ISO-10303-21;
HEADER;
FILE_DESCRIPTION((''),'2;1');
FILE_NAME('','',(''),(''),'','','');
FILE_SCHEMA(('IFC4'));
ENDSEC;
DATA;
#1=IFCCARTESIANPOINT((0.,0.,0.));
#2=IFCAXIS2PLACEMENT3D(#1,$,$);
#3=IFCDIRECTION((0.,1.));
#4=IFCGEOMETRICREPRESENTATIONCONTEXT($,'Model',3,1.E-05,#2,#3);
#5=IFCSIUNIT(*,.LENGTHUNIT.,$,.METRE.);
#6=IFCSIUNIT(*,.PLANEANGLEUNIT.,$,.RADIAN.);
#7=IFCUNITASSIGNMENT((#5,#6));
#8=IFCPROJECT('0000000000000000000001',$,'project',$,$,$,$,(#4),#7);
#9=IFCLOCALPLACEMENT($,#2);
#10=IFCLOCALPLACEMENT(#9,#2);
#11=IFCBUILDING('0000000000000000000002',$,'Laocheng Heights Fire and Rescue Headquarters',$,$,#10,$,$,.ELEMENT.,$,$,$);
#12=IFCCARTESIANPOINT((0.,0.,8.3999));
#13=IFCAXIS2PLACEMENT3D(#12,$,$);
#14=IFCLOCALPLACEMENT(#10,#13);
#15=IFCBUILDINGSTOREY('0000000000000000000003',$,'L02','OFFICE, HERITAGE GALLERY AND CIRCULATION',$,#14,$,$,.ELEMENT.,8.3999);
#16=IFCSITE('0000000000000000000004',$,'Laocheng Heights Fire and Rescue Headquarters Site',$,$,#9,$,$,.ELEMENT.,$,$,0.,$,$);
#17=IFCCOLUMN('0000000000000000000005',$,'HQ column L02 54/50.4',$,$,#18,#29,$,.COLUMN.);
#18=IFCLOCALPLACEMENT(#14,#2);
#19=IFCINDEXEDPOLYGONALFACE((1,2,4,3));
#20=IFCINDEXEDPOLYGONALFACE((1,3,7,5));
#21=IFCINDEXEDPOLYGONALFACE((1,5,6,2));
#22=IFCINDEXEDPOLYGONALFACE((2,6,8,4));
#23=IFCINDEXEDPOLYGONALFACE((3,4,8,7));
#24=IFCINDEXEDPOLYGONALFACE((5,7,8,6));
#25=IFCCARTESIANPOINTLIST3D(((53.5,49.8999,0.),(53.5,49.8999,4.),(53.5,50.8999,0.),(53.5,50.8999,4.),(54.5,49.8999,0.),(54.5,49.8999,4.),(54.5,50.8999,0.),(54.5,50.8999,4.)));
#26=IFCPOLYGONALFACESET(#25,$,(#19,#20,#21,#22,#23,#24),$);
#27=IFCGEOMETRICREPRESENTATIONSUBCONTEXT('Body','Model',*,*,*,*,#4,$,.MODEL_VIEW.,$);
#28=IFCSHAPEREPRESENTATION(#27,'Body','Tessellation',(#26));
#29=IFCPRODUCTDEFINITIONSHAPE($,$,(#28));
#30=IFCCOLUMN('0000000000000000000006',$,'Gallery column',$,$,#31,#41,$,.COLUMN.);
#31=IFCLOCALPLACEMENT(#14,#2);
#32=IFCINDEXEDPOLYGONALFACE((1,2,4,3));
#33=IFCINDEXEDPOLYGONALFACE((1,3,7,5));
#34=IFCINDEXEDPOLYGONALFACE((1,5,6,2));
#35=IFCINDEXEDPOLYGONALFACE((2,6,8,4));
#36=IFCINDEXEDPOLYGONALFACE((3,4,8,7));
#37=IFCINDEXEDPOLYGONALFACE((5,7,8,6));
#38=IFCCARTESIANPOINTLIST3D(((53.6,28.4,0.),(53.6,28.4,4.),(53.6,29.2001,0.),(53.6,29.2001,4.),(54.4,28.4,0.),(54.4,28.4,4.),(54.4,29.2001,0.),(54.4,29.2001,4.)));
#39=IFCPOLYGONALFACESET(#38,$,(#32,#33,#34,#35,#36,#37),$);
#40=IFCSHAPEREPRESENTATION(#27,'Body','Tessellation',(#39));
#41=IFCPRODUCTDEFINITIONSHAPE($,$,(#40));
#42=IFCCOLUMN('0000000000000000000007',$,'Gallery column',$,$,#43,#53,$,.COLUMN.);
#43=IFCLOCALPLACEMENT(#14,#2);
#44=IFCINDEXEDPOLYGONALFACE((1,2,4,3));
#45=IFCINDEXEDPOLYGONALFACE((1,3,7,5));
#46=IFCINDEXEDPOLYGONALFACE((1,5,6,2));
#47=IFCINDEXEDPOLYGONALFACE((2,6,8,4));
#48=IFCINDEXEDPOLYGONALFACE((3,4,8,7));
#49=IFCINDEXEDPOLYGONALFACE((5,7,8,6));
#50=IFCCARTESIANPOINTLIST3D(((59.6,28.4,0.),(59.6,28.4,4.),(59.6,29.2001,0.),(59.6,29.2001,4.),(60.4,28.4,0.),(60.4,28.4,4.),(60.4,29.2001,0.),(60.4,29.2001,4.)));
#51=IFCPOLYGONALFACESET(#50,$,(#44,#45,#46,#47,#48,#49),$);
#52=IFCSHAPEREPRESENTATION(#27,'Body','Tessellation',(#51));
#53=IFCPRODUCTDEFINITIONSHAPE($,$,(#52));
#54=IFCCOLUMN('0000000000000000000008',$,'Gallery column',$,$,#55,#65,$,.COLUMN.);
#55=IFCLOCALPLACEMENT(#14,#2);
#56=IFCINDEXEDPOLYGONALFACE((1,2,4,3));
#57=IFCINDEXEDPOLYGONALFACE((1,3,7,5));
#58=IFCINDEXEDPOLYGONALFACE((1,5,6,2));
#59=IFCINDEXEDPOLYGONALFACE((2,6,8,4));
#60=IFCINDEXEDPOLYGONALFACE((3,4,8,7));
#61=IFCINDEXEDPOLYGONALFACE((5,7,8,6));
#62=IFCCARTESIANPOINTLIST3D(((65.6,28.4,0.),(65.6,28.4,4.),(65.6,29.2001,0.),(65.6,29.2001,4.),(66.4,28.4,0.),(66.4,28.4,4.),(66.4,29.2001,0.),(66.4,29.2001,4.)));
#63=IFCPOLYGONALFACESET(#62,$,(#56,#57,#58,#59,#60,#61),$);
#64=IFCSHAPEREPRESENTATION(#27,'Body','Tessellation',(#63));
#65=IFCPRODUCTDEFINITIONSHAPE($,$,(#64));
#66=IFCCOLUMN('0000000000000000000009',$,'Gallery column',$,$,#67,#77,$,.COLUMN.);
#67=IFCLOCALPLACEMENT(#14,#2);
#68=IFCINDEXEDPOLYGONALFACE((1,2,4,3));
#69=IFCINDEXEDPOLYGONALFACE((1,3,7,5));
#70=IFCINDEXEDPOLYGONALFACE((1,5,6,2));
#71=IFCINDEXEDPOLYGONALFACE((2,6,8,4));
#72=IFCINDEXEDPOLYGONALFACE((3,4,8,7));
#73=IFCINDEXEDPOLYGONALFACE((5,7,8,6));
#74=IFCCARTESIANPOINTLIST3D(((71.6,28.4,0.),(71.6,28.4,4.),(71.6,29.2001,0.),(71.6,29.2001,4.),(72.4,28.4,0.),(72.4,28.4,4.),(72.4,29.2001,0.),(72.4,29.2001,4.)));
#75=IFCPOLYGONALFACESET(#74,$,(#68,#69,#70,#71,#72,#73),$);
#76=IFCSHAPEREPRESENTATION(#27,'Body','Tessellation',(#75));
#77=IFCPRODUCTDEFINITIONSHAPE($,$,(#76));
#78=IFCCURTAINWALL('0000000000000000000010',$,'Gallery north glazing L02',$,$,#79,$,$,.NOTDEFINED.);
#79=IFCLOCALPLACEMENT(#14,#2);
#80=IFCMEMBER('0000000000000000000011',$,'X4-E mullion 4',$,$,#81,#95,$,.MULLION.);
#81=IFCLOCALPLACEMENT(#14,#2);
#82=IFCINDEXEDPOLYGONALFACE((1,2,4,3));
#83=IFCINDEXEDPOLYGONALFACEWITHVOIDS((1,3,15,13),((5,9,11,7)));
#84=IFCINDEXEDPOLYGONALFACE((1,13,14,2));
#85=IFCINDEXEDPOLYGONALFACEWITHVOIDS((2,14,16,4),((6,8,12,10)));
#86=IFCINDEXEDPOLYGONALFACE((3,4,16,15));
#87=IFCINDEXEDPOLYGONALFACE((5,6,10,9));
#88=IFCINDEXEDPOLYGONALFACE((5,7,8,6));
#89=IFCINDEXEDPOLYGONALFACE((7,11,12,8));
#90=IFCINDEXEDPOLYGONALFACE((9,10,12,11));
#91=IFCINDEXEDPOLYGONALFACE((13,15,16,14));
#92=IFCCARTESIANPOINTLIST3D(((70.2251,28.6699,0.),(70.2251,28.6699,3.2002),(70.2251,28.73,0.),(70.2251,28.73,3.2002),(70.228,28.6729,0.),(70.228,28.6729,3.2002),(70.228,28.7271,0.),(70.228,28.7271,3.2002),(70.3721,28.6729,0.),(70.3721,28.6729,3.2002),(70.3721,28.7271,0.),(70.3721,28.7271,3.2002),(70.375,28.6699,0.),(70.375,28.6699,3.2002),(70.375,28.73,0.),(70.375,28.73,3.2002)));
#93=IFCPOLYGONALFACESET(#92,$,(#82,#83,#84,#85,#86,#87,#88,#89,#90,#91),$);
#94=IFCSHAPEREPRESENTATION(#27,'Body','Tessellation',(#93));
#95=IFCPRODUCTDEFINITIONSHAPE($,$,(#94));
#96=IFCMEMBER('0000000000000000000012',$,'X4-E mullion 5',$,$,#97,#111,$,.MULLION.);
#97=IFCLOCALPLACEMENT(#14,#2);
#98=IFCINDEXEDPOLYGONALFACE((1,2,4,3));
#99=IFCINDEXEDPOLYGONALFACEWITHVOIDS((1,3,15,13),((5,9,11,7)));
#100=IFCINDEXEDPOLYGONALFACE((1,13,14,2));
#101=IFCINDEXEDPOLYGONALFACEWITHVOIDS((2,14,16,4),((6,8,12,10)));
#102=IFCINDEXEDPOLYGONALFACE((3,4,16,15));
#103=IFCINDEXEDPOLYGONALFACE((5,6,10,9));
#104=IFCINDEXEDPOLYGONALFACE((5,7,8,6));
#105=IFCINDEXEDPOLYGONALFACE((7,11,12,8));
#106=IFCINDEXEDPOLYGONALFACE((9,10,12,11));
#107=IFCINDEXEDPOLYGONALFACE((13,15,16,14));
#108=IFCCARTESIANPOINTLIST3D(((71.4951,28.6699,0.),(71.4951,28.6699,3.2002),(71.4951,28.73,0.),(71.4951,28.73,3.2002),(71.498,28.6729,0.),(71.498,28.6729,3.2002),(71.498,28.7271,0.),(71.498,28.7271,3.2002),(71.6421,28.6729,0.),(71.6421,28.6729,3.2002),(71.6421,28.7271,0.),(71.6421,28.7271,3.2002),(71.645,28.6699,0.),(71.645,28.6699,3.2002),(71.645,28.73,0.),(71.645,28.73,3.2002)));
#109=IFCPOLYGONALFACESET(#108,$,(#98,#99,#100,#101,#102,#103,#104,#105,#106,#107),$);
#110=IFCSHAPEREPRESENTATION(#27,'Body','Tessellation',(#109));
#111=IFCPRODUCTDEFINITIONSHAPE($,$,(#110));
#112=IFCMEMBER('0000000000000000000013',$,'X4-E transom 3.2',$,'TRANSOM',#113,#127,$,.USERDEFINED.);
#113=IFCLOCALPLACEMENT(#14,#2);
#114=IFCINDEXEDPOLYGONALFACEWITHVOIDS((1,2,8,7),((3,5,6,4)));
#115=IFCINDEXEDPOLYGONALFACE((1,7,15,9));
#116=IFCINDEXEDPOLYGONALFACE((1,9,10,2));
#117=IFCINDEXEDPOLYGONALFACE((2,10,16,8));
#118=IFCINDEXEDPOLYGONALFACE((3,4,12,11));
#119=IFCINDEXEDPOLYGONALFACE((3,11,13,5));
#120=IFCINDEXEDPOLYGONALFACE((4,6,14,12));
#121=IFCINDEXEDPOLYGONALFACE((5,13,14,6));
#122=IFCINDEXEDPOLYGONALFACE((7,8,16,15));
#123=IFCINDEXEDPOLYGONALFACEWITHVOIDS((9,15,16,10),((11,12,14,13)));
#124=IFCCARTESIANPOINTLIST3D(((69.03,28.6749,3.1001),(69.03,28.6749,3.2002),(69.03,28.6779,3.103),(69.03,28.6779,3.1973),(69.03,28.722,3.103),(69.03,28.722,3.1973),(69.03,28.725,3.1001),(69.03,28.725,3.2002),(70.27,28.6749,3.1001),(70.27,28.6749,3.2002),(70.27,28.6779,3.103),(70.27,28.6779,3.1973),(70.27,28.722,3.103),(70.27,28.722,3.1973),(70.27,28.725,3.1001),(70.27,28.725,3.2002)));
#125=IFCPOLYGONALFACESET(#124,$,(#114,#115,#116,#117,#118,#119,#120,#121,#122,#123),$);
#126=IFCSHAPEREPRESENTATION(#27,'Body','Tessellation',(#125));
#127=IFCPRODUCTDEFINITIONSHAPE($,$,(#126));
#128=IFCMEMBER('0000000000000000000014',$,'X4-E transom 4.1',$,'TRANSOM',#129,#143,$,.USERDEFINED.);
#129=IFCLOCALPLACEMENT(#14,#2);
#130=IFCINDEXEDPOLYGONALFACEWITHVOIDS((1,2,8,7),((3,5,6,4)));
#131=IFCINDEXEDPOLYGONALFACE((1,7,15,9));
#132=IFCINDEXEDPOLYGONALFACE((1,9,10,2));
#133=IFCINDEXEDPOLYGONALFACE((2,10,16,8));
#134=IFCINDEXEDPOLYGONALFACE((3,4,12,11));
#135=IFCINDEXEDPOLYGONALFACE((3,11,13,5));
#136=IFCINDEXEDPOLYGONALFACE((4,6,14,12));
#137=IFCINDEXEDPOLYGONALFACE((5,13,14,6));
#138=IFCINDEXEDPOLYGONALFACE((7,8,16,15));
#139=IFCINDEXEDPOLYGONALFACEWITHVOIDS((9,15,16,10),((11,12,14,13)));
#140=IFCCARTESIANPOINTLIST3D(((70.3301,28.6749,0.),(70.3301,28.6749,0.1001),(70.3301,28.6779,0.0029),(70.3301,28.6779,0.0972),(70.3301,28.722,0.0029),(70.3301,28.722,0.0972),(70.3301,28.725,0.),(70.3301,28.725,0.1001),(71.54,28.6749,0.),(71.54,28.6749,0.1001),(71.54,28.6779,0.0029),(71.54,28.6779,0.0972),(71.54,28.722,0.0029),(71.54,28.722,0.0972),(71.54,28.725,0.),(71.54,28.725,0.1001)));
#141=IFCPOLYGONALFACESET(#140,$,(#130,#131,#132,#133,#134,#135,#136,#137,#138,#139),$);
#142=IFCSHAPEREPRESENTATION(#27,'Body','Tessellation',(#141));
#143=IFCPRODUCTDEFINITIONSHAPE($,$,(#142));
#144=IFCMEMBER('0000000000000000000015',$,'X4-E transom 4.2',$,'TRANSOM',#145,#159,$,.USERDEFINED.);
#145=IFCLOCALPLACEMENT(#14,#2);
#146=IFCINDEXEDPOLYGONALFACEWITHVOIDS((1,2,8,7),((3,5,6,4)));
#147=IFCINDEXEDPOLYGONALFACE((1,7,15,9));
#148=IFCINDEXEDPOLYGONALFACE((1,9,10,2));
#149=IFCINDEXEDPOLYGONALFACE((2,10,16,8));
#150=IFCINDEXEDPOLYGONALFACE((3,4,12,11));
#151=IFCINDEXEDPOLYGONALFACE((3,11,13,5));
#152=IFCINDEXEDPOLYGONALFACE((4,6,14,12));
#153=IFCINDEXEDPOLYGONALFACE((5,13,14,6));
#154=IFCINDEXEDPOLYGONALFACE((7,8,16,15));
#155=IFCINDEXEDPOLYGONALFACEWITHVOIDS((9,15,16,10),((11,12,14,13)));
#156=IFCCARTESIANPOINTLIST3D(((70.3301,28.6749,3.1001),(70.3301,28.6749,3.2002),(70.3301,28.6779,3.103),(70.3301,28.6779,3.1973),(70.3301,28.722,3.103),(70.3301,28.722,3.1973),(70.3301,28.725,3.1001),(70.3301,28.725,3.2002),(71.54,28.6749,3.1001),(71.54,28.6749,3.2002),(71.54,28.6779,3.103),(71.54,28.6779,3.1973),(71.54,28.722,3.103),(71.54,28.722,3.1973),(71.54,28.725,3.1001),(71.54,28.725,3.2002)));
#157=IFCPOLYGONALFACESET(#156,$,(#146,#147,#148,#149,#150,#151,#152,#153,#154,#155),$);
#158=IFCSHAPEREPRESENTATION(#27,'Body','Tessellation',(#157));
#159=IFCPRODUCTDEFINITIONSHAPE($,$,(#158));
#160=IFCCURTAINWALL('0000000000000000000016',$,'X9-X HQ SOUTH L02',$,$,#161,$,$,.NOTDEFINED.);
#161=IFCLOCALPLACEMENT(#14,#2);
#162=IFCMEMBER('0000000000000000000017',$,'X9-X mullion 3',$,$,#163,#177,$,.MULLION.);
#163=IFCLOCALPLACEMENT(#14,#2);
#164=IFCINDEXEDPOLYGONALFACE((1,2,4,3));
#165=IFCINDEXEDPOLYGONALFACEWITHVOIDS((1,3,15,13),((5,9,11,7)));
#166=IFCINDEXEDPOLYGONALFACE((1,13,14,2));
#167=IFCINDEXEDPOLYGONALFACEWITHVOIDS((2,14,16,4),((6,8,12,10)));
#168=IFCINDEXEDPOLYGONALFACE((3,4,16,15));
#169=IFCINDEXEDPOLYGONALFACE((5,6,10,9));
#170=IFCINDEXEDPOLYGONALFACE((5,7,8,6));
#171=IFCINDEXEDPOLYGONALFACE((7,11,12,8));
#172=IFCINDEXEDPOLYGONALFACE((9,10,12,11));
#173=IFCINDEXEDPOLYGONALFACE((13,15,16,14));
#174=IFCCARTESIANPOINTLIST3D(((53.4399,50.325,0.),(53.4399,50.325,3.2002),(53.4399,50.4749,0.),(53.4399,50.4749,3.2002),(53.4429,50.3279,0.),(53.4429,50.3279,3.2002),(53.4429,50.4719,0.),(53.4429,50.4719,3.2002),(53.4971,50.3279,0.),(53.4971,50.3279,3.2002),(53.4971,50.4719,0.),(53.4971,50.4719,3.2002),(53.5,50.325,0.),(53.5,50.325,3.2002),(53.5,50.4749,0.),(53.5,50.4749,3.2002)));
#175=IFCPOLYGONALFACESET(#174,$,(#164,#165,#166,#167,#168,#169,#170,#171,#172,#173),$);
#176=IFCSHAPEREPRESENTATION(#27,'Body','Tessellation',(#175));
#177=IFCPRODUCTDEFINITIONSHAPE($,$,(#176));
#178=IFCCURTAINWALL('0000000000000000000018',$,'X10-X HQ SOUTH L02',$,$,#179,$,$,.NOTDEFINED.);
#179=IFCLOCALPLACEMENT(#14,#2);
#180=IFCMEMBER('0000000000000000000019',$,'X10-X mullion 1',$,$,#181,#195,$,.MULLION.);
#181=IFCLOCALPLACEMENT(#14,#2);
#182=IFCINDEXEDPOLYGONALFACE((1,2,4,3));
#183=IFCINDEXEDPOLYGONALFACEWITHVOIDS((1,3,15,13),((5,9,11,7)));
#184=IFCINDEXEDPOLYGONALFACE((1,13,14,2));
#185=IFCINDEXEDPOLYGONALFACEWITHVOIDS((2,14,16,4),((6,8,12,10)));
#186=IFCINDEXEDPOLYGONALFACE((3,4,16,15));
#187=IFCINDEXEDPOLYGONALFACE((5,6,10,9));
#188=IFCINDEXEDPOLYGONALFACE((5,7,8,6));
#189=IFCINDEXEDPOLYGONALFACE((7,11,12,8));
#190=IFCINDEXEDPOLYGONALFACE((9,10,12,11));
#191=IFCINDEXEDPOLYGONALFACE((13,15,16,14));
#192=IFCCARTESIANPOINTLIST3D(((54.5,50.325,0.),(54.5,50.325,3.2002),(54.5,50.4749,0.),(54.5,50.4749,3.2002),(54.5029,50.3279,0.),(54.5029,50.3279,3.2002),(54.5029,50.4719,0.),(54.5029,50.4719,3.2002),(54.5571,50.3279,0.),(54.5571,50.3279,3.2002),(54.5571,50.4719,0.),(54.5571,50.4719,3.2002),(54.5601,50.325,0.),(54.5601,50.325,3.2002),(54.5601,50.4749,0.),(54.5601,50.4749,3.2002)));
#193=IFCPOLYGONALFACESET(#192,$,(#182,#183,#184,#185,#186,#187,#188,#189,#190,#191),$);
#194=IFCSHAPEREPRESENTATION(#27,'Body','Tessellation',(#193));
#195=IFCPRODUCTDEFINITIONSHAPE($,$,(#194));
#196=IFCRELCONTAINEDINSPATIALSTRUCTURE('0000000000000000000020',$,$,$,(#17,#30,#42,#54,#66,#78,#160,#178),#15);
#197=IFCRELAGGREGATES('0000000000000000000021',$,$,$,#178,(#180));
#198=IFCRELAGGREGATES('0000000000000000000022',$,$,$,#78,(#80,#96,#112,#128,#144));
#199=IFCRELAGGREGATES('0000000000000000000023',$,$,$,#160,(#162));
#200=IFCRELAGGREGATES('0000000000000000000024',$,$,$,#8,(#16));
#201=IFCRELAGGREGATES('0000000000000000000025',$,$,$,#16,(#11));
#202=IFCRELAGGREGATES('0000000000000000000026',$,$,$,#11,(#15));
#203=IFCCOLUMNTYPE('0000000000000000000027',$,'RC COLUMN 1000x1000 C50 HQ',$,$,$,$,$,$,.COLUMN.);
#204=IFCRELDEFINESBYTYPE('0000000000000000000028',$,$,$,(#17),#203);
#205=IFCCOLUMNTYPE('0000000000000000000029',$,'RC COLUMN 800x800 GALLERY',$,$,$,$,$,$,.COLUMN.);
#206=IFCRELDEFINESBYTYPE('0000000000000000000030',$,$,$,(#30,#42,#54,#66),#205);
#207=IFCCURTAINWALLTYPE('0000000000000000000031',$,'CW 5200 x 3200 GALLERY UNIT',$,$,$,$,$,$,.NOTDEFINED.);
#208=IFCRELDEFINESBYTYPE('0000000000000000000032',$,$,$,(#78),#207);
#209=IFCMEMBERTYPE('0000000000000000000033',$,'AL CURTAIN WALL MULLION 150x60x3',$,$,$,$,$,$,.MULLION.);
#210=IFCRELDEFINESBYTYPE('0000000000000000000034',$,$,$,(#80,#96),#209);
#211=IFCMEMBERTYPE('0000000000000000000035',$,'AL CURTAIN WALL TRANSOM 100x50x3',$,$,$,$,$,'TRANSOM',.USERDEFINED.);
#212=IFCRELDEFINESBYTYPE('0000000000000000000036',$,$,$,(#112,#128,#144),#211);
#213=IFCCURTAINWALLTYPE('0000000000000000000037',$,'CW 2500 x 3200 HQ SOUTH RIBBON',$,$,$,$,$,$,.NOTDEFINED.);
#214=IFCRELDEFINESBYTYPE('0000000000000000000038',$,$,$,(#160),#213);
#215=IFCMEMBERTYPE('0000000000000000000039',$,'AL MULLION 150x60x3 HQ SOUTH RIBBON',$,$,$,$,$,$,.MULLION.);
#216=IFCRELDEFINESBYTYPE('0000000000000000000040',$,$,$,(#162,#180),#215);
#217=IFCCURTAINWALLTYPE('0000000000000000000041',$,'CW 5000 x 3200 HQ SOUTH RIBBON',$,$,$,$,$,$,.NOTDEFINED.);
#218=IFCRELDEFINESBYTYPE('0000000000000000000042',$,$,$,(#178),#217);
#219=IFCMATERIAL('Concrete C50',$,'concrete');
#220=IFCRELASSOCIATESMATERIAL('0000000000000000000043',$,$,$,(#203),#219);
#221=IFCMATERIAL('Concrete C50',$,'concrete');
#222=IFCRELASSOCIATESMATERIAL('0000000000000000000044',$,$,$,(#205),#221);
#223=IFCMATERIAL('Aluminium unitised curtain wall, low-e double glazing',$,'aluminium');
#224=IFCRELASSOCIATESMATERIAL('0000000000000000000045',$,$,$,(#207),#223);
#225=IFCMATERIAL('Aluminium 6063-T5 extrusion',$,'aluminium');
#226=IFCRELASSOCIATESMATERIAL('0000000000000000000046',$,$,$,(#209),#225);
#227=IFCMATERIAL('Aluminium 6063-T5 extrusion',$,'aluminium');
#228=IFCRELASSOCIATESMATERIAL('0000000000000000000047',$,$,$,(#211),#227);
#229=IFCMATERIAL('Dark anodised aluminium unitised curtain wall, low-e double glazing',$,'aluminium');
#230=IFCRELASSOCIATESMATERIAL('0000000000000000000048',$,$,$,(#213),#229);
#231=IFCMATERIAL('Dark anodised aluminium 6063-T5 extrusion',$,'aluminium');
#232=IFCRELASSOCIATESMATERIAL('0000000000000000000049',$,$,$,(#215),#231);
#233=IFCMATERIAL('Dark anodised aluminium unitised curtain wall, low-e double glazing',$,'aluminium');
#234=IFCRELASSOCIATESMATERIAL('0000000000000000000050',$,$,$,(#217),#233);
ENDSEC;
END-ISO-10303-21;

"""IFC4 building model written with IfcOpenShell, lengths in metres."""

from ifc_helpers import new_model, si_unit, direction, frame, origin, origin_2d, place, context, subcontext, project, spatial, rectangle, hollow_rectangle, extrude, material, material_profile, profile_set, type_object, element, aggregate, save


model = new_model("IFC4")

# Units and contexts
model_context = context("Model", 3, precision=1e-05, world=origin(), true_north=direction((0.0, 1.0)))
body_context = subcontext(model_context, "Body", "Model", "MODEL_VIEW")
ifc_project = project(units=[si_unit("LENGTHUNIT", "METRE"), si_unit("PLANEANGLEUNIT", "RADIAN")], contexts=[model_context])

# Site, building, storey
site_placement = place(None, origin())
site = spatial("IfcSite", under=ifc_project, at=site_placement, Name="Laocheng Heights Fire and Rescue Headquarters Site", CompositionType="ELEMENT", RefElevation=0.0)
building_placement = place(site_placement, origin())
building = spatial("IfcBuilding", under=site, at=building_placement, Name="Laocheng Heights Fire and Rescue Headquarters", CompositionType="ELEMENT")
storey_placement = place(building_placement, frame((0.0, 0.0, 8.3999)))
storey = spatial("IfcBuildingStorey", under=building, at=storey_placement, Name="L02", Description="OFFICE, HERITAGE GALLERY AND CIRCULATION", CompositionType="ELEMENT", Elevation=8.3999)

# Columns
ifc_material_1 = material(Name="Concrete C50", Category="concrete")
ifc_material_profile_1 = material_profile(ifc_material_1, rectangle(XDim=1.0, YDim=1.0, at=origin_2d()), Name="RC COLUMN 1000x1000 C50 HQ")
ifc_profile_set_1 = profile_set([ifc_material_profile_1], Name="Concrete C50")
column_type_1 = type_object("IfcColumnType", Name="RC COLUMN 1000x1000 C50 HQ", PredefinedType="COLUMN", material=ifc_profile_set_1)
column_placement = place(storey_placement, frame((54.0, 50.3999, 0.0), z_axis=(0.0, 0.0, 1.0), x_axis=(1.0, 0.0, 0.0)))
element("IfcColumn", 1, at=column_placement, inside=storey, type_object=column_type_1, Name="HQ column L02 54/50.4", PredefinedType="COLUMN", context=body_context, shape_type="SweptSolid", body=[
    extrude(rectangle(XDim=1.0, YDim=1.0, at=origin_2d()), origin(), (0.0, 0.0, 1.0), 4.0),
])
ifc_material_2 = material(Name="Concrete C50", Category="concrete")
ifc_material_profile_2 = material_profile(ifc_material_2, rectangle(XDim=0.8, YDim=0.8, at=origin_2d()), Name="RC COLUMN 800x800 GALLERY")
ifc_profile_set_2 = profile_set([ifc_material_profile_2], Name="Concrete C50")
column_type_2 = type_object("IfcColumnType", Name="RC COLUMN 800x800 GALLERY", PredefinedType="COLUMN", material=ifc_profile_set_2)
for number, where, z_axis, x_axis, name in (
    (2, (54.0, 28.8, 0.0), (0.0, 0.0, 1.0), (1.0, 0.0, 0.0), "Gallery column"),
    (3, (60.0, 28.8, 0.0), (0.0, 0.0, 1.0), (1.0, 0.0, 0.0), "Gallery column"),
    (4, (66.0, 28.8, 0.0), (0.0, 0.0, 1.0), (1.0, 0.0, 0.0), "Gallery column"),
    (5, (72.0, 28.8, 0.0), (0.0, 0.0, 1.0), (1.0, 0.0, 0.0), "Gallery column"),
):
    element("IfcColumn", number, at=place(storey_placement, frame(where, z_axis=z_axis, x_axis=x_axis)), inside=storey, type_object=column_type_2, Name=name, PredefinedType="COLUMN", context=body_context, shape_type="SweptSolid", body=[
        extrude(rectangle(XDim=0.8, YDim=0.8, at=origin_2d()), origin(), (0.0, 0.0, 1.0), 4.0),
    ])

# Curtain wall, members
ifc_material_3 = material(Name="Aluminium unitised curtain wall, low-e double glazing", Category="aluminium")
curtain_wall_type_1 = type_object("IfcCurtainWallType", Name="CW 5200 x 3200 GALLERY UNIT", PredefinedType="NOTDEFINED", material=ifc_material_3)
curtain_wall_1_placement = place(storey_placement, origin())
curtain_wall_1 = element("IfcCurtainWall", 6, at=curtain_wall_1_placement, inside=storey, type_object=curtain_wall_type_1, Name="Gallery north glazing L02", PredefinedType="NOTDEFINED")
ifc_material_4 = material(Name="Aluminium 6063-T5 extrusion", Category="aluminium")
ifc_material_profile_3 = material_profile(ifc_material_4, hollow_rectangle(XDim=0.0601, YDim=0.1499, WallThickness=0.0029, at=origin_2d()), Name="AL MULLION 150x60x3")
ifc_profile_set_3 = profile_set([ifc_material_profile_3], Name="Aluminium 6063-T5 extrusion")
member_type_1 = type_object("IfcMemberType", Name="AL CURTAIN WALL MULLION 150x60x3", PredefinedType="MULLION", material=ifc_profile_set_3)
member_1_placement = place(storey_placement, frame((70.3, 28.7, 0.0), z_axis=(0.0, 0.0, 1.0), x_axis=(0.0, 1.0, 0.0)))
member_1 = element("IfcMember", 7, at=member_1_placement, type_object=member_type_1, Name="X4-E mullion 4", PredefinedType="MULLION", context=body_context, shape_type="SweptSolid", body=[
    extrude(hollow_rectangle(XDim=0.0601, YDim=0.1499, WallThickness=0.0029, at=origin_2d()), origin(), (0.0, 0.0, 1.0), 3.2002),
])
member_2_placement = place(storey_placement, frame((71.5701, 28.7, 0.0), z_axis=(0.0, 0.0, 1.0), x_axis=(0.0, 1.0, 0.0)))
member_2 = element("IfcMember", 8, at=member_2_placement, type_object=member_type_1, Name="X4-E mullion 5", PredefinedType="MULLION", context=body_context, shape_type="SweptSolid", body=[
    extrude(hollow_rectangle(XDim=0.0601, YDim=0.1499, WallThickness=0.0029, at=origin_2d()), origin(), (0.0, 0.0, 1.0), 3.2002),
])
ifc_material_5 = material(Name="Aluminium 6063-T5 extrusion", Category="aluminium")
ifc_material_profile_4 = material_profile(ifc_material_5, hollow_rectangle(XDim=0.05, YDim=0.1001, WallThickness=0.0029, at=origin_2d()), Name="AL TRANSOM 100x50x3")
ifc_profile_set_4 = profile_set([ifc_material_profile_4], Name="Aluminium 6063-T5 extrusion")
member_type_2 = type_object("IfcMemberType", Name="AL CURTAIN WALL TRANSOM 100x50x3", ElementType="TRANSOM", PredefinedType="USERDEFINED", material=ifc_profile_set_4)
member_3_placement = place(storey_placement, frame((69.03, 28.7, 3.1501), z_axis=(1.0, 0.0, 0.0), x_axis=(0.0, 1.0, 0.0)))
member_3 = element("IfcMember", 9, at=member_3_placement, type_object=member_type_2, Name="X4-E transom 3.2", ObjectType="TRANSOM", PredefinedType="USERDEFINED", context=body_context, shape_type="SweptSolid", body=[
    extrude(hollow_rectangle(XDim=0.05, YDim=0.1001, WallThickness=0.0029, at=origin_2d()), origin(), (0.0, 0.0, 1.0), 1.24),
])
member_4_placement = place(storey_placement, frame((70.3301, 28.7, 0.05), z_axis=(1.0, 0.0, 0.0), x_axis=(0.0, 1.0, 0.0)))
member_4 = element("IfcMember", 10, at=member_4_placement, type_object=member_type_2, Name="X4-E transom 4.1", ObjectType="TRANSOM", PredefinedType="USERDEFINED", context=body_context, shape_type="SweptSolid", body=[
    extrude(hollow_rectangle(XDim=0.05, YDim=0.1001, WallThickness=0.0029, at=origin_2d()), origin(), (0.0, 0.0, 1.0), 1.21),
])
member_5_placement = place(storey_placement, frame((70.3301, 28.7, 3.1501), z_axis=(1.0, 0.0, 0.0), x_axis=(0.0, 1.0, 0.0)))
member_5 = element("IfcMember", 11, at=member_5_placement, type_object=member_type_2, Name="X4-E transom 4.2", ObjectType="TRANSOM", PredefinedType="USERDEFINED", context=body_context, shape_type="SweptSolid", body=[
    extrude(hollow_rectangle(XDim=0.05, YDim=0.1001, WallThickness=0.0029, at=origin_2d()), origin(), (0.0, 0.0, 1.0), 1.21),
])

# Curtain wall, member
ifc_material_6 = material(Name="Dark anodised aluminium unitised curtain wall, low-e double glazing", Category="aluminium")
curtain_wall_type_2 = type_object("IfcCurtainWallType", Name="CW 2500 x 3200 HQ SOUTH RIBBON", PredefinedType="NOTDEFINED", material=ifc_material_6)
curtain_wall_2_placement = place(storey_placement, origin())
curtain_wall_2 = element("IfcCurtainWall", 12, at=curtain_wall_2_placement, inside=storey, type_object=curtain_wall_type_2, Name="X9-X HQ SOUTH L02", PredefinedType="NOTDEFINED")
ifc_material_7 = material(Name="Dark anodised aluminium 6063-T5 extrusion", Category="aluminium")
ifc_material_profile_5 = material_profile(ifc_material_7, hollow_rectangle(XDim=0.1499, YDim=0.0601, WallThickness=0.0029, at=origin_2d()), Name="AL MULLION 150x60x3 HQ SOUTH RIBBON")
ifc_profile_set_5 = profile_set([ifc_material_profile_5], Name="Dark anodised aluminium 6063-T5 extrusion")
member_type_3 = type_object("IfcMemberType", Name="AL MULLION 150x60x3 HQ SOUTH RIBBON", PredefinedType="MULLION", material=ifc_profile_set_5)
member_6_placement = place(storey_placement, frame((53.47, 50.3999, 0.0), z_axis=(0.0, 0.0, 1.0), x_axis=(0.0, 1.0, 0.0)))
member_6 = element("IfcMember", 13, at=member_6_placement, type_object=member_type_3, Name="X9-X mullion 3", PredefinedType="MULLION", context=body_context, shape_type="SweptSolid", body=[
    extrude(hollow_rectangle(XDim=0.1499, YDim=0.0601, WallThickness=0.0029, at=origin_2d()), origin(), (0.0, 0.0, 1.0), 3.2002),
])

# Curtain wall, member
ifc_material_8 = material(Name="Dark anodised aluminium unitised curtain wall, low-e double glazing", Category="aluminium")
curtain_wall_type_3 = type_object("IfcCurtainWallType", Name="CW 5000 x 3200 HQ SOUTH RIBBON", PredefinedType="NOTDEFINED", material=ifc_material_8)
curtain_wall_3_placement = place(storey_placement, origin())
curtain_wall_3 = element("IfcCurtainWall", 14, at=curtain_wall_3_placement, inside=storey, type_object=curtain_wall_type_3, Name="X10-X HQ SOUTH L02", PredefinedType="NOTDEFINED")
member_7_placement = place(storey_placement, frame((54.53, 50.3999, 0.0), z_axis=(0.0, 0.0, 1.0), x_axis=(0.0, 1.0, 0.0)))
member_7 = element("IfcMember", 15, at=member_7_placement, type_object=member_type_3, Name="X10-X mullion 1", PredefinedType="MULLION", context=body_context, shape_type="SweptSolid", body=[
    extrude(hollow_rectangle(XDim=0.1499, YDim=0.0601, WallThickness=0.0029, at=origin_2d()), origin(), (0.0, 0.0, 1.0), 3.2002),
])
aggregate(curtain_wall_3, [member_7])

aggregate(curtain_wall_1, [member_1, member_2, member_3, member_4, member_5])
aggregate(curtain_wall_2, [member_6])

save(model, "model.ifc")
